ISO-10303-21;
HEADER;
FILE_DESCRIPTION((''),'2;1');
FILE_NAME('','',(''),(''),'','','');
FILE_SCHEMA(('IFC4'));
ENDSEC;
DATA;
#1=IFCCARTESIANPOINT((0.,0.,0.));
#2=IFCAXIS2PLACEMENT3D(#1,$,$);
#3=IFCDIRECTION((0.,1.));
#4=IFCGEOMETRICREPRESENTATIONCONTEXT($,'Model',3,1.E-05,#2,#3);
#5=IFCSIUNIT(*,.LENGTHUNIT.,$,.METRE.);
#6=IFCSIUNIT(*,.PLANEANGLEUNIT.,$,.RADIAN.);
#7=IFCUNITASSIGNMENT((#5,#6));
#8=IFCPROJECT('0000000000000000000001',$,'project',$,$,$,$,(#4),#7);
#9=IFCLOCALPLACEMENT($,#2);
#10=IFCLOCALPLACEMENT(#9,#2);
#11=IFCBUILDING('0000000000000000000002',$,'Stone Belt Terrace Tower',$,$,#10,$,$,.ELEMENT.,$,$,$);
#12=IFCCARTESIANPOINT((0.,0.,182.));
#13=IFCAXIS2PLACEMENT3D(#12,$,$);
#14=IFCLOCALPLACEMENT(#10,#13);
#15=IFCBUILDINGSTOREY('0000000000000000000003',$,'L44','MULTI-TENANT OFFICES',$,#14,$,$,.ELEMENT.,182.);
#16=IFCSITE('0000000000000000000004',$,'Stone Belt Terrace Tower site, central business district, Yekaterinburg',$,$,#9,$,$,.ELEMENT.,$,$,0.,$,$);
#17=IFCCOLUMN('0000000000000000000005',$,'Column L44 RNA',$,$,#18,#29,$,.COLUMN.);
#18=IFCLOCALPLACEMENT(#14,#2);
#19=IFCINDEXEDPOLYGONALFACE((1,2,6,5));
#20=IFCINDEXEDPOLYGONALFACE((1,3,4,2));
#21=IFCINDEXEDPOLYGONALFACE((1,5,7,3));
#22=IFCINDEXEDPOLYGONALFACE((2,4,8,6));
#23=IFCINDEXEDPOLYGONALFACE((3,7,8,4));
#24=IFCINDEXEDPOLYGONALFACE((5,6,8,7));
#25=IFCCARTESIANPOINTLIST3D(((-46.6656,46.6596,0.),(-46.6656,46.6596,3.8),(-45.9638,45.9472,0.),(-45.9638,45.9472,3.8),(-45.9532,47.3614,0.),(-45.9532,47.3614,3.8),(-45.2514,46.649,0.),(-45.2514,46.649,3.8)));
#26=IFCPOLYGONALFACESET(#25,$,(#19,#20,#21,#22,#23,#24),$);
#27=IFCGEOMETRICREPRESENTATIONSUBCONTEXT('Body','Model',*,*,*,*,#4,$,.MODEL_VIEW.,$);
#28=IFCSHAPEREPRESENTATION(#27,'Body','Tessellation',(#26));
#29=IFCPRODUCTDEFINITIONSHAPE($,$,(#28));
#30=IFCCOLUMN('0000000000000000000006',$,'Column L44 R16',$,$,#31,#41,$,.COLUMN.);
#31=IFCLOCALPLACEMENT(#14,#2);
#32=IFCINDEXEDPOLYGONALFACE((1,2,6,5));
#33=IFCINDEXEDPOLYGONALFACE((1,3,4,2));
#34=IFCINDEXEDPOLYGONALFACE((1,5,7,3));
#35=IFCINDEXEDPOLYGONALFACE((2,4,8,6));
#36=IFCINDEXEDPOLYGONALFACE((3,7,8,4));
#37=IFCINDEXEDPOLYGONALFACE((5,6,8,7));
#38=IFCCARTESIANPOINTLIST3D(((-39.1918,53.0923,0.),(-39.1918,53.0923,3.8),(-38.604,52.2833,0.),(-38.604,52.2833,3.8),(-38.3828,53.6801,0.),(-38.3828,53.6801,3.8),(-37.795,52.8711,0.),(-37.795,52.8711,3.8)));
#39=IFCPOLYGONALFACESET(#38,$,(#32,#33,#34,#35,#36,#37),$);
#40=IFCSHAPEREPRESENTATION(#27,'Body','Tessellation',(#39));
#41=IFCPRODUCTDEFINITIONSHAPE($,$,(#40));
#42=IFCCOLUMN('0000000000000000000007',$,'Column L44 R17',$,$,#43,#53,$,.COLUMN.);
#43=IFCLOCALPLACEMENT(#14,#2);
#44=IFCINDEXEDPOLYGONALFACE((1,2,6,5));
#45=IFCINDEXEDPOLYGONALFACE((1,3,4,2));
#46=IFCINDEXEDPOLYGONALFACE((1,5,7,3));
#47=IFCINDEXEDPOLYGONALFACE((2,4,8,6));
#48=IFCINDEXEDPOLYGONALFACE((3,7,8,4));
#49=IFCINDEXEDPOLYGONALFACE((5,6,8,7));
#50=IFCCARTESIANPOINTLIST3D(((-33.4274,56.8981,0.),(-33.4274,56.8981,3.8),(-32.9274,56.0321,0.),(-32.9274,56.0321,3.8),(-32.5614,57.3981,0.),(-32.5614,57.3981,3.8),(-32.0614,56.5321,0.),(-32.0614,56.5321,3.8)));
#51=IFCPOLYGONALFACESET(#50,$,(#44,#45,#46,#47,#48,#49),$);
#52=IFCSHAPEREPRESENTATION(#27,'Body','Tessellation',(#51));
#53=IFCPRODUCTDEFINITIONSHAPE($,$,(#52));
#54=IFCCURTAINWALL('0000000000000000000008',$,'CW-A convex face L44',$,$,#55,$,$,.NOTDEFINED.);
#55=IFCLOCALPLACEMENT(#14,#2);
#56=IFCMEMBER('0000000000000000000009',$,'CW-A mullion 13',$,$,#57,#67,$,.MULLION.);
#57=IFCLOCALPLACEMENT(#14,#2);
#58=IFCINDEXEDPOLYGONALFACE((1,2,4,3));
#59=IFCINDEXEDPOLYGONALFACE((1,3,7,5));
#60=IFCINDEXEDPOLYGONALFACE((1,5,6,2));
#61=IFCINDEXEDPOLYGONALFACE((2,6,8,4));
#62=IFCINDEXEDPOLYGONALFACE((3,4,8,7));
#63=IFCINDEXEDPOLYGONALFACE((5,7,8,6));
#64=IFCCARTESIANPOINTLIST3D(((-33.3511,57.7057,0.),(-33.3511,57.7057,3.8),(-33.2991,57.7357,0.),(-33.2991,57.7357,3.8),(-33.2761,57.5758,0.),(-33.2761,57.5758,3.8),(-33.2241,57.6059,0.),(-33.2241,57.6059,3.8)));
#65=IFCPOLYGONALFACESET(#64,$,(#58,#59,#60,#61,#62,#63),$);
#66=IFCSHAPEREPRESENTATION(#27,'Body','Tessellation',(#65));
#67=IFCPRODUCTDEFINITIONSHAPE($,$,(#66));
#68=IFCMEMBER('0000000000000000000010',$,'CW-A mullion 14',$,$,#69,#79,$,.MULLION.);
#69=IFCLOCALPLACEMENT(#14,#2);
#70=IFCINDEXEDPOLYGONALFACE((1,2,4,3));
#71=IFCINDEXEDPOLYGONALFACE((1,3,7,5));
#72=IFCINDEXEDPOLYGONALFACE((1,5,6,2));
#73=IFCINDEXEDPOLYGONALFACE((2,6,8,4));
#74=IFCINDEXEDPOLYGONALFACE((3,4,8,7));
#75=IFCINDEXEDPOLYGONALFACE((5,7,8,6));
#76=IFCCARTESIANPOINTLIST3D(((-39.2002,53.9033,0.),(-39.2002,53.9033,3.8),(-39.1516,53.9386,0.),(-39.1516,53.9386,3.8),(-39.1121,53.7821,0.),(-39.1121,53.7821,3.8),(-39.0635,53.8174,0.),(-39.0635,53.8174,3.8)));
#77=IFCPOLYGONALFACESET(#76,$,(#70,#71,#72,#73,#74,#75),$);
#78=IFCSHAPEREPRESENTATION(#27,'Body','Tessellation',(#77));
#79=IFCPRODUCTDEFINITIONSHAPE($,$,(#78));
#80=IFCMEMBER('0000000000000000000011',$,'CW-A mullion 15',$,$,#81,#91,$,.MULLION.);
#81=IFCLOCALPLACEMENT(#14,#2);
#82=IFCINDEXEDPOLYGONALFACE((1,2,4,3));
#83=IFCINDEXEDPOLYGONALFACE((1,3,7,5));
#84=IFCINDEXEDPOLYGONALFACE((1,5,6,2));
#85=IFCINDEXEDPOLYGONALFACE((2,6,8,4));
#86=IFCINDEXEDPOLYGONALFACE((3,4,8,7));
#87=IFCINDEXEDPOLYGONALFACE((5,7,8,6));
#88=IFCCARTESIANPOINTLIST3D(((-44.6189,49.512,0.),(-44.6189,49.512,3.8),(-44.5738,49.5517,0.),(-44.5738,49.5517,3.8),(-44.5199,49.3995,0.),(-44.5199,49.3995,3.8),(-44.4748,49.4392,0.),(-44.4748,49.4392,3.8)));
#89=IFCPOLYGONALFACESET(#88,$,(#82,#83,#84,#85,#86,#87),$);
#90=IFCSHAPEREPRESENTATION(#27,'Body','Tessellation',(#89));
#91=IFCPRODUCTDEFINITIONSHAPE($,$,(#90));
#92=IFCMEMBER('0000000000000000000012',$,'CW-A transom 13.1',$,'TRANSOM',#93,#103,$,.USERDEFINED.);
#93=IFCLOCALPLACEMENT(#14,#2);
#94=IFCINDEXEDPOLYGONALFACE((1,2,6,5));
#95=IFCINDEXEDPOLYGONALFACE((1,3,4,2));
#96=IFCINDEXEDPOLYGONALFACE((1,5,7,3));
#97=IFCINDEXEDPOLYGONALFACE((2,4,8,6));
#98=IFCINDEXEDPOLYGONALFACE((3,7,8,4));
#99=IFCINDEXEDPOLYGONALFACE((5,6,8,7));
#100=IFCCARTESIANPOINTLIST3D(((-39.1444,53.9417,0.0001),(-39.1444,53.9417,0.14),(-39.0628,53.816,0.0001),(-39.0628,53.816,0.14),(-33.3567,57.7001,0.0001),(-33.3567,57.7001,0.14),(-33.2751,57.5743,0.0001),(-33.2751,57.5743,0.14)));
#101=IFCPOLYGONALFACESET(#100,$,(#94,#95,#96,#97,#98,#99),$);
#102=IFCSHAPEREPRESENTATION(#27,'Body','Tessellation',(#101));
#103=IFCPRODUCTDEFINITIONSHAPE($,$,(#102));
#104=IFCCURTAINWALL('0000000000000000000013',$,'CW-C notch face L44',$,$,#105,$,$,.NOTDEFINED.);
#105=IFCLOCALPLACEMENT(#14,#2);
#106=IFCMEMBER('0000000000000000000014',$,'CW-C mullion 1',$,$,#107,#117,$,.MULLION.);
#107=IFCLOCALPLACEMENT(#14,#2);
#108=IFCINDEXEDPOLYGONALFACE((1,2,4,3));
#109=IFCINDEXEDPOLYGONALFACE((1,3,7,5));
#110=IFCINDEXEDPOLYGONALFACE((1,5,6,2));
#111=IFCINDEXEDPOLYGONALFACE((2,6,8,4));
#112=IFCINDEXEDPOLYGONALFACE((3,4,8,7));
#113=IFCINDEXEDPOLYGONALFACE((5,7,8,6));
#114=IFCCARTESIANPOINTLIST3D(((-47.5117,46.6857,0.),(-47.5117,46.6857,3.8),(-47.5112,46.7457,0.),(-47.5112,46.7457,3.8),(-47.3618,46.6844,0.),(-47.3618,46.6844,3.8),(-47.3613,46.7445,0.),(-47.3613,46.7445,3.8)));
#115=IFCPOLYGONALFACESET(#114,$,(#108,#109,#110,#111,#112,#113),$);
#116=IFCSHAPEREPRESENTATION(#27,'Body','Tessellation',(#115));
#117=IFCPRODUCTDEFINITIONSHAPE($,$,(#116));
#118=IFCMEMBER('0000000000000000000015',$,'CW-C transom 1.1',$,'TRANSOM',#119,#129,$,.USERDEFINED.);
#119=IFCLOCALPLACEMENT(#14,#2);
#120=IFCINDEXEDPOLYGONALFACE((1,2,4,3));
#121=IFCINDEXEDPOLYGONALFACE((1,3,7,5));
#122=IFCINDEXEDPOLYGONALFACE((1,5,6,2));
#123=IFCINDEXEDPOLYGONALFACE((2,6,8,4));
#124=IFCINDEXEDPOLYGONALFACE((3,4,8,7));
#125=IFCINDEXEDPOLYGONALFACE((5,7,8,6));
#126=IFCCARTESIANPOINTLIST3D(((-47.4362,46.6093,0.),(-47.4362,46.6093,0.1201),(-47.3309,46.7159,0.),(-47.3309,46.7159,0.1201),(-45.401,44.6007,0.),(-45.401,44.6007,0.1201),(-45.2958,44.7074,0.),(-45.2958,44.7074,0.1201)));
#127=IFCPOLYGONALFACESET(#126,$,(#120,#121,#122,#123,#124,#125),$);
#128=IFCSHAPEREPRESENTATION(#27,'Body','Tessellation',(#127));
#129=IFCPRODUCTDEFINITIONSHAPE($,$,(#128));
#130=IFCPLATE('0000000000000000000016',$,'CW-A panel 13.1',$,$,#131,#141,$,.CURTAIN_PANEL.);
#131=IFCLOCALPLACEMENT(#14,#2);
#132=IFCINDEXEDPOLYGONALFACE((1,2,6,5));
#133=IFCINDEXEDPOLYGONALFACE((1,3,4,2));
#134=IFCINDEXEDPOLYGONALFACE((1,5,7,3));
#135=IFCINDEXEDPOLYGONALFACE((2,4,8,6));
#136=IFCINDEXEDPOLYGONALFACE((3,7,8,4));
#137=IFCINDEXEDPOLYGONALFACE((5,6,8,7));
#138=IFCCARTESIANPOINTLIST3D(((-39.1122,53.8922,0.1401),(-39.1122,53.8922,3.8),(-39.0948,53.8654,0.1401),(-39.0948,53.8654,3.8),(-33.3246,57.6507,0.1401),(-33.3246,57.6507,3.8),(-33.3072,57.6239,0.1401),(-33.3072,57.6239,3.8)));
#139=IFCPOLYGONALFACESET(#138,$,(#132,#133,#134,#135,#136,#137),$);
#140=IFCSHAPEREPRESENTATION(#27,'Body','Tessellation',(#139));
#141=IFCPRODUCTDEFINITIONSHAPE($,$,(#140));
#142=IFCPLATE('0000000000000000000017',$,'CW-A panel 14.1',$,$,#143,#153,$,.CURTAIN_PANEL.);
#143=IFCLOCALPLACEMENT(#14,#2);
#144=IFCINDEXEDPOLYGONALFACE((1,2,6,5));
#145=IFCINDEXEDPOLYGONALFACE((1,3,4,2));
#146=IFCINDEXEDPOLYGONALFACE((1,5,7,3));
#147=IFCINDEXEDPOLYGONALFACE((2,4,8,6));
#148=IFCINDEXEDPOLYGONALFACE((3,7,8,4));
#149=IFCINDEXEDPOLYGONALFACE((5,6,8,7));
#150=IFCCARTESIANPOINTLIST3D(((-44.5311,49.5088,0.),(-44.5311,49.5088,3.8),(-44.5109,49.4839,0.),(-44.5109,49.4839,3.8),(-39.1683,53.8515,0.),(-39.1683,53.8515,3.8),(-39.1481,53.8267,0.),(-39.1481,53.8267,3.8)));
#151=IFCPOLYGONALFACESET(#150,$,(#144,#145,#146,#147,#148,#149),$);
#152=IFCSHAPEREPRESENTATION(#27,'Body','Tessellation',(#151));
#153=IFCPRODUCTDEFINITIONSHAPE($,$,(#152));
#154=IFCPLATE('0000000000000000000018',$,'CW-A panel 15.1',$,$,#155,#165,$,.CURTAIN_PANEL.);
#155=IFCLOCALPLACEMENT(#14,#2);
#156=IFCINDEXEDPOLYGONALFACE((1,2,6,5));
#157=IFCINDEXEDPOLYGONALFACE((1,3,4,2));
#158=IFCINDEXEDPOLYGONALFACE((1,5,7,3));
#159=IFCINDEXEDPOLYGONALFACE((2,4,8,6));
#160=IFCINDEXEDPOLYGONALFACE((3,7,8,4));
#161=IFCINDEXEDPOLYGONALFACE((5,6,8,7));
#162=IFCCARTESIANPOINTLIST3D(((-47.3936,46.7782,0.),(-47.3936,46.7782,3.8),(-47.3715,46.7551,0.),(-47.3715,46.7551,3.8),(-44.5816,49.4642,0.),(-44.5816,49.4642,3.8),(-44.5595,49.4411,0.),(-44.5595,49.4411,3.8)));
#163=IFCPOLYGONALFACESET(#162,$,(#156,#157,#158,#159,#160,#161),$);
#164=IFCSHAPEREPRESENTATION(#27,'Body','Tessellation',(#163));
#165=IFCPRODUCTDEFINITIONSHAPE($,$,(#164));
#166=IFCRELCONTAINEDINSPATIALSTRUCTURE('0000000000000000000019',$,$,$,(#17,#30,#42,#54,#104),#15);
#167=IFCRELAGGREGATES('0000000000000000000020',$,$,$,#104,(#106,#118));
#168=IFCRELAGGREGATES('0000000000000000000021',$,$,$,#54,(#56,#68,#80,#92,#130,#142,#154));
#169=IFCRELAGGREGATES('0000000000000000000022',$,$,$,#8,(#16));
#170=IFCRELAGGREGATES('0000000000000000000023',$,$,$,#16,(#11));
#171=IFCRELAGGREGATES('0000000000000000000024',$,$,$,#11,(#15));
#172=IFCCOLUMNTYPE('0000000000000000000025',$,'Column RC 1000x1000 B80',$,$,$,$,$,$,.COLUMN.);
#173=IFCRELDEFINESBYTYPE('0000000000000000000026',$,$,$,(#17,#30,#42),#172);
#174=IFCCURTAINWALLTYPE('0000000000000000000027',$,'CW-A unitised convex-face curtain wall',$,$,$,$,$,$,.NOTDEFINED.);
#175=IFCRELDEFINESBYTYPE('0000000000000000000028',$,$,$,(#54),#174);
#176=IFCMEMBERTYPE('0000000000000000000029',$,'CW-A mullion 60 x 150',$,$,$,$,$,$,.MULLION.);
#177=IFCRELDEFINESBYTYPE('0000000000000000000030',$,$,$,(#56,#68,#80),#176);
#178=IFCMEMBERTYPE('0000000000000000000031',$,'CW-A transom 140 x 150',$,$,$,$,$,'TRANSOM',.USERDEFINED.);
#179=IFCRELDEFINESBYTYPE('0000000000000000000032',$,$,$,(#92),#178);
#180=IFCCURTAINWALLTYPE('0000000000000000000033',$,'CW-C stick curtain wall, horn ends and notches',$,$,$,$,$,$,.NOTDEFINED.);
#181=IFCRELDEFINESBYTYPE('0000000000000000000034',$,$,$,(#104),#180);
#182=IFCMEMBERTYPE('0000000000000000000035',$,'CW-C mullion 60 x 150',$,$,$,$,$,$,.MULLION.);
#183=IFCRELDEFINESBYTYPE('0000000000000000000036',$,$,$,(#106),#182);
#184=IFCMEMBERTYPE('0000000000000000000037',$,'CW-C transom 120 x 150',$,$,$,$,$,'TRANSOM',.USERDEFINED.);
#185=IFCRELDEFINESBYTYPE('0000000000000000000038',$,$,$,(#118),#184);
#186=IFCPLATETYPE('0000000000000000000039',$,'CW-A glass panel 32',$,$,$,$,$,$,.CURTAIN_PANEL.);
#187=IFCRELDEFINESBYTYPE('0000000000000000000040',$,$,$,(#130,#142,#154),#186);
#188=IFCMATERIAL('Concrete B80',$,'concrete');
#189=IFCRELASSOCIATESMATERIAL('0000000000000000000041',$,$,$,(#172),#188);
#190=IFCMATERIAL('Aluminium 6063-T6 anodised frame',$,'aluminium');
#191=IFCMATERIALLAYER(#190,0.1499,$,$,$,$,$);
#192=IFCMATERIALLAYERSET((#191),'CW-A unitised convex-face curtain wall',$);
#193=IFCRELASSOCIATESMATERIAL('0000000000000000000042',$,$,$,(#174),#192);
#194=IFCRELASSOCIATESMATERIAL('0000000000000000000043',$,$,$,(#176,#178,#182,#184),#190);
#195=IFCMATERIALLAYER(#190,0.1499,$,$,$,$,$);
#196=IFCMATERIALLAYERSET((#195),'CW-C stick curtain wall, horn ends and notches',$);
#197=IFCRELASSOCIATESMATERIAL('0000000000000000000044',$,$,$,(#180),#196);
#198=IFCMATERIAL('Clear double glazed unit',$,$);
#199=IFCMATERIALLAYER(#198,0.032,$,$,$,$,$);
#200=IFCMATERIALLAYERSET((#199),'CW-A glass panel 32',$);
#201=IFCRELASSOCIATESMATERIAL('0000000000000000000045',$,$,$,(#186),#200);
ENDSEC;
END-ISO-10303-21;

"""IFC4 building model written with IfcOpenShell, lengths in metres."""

from ifc_helpers import new_model, si_unit, direction, frame, origin, origin_2d, place, context, subcontext, project, spatial, rectangle, extrude, material, layer, layer_set, material_profile, profile_set, type_object, element, aggregate, save


model = new_model("IFC4")

# Units and contexts
model_context = context("Model", 3, precision=1e-05, world=origin(), true_north=direction((0.0, 1.0)))
body_context = subcontext(model_context, "Body", "Model", "MODEL_VIEW")
ifc_project = project(units=[si_unit("LENGTHUNIT", "METRE"), si_unit("PLANEANGLEUNIT", "RADIAN")], contexts=[model_context])

# Site, building, storey
site_placement = place(None, origin())
site = spatial("IfcSite", under=ifc_project, at=site_placement, Name="Stone Belt Terrace Tower site, central business district, Yekaterinburg", CompositionType="ELEMENT", RefElevation=0.0)
building_placement = place(site_placement, origin())
building = spatial("IfcBuilding", under=site, at=building_placement, Name="Stone Belt Terrace Tower", CompositionType="ELEMENT")
storey_placement = place(building_placement, frame((0.0, 0.0, 182.0)))
storey = spatial("IfcBuildingStorey", under=building, at=storey_placement, Name="L44", Description="MULTI-TENANT OFFICES", CompositionType="ELEMENT", Elevation=182.0)

# Columns
ifc_material_1 = material(Name="Concrete B80", Category="concrete")
ifc_material_profile_1 = material_profile(ifc_material_1, rectangle(XDim=1.0, YDim=1.0, at=origin_2d()), Name="RC 1000x1000")
ifc_profile_set_1 = profile_set([ifc_material_profile_1], Name="Concrete B80")
column_type = type_object("IfcColumnType", Name="Column RC 1000x1000 B80", PredefinedType="COLUMN", material=ifc_profile_set_1)
for number, where, z_axis, x_axis, name in (
    (1, (-45.9585, 46.6543, 0.0), (0.0, 0.0, 1.0), (0.712398, 0.701775, 0.0), "Column L44 RNA"),
    (2, (-38.4934, 52.9817, 0.0), (0.0, 0.0, 1.0), (0.809017, 0.587785, 0.0), "Column L44 R16"),
    (3, (-32.7444, 56.7151, 0.0), (0.0, 0.0, 1.0), (0.866025, 0.5, 0.0), "Column L44 R17"),
):
    element("IfcColumn", number, at=place(storey_placement, frame(where, z_axis=z_axis, x_axis=x_axis)), inside=storey, type_object=column_type, Name=name, PredefinedType="COLUMN", context=body_context, shape_type="SweptSolid", body=[
        extrude(rectangle(XDim=1.0, YDim=1.0, at=origin_2d()), origin(), (0.0, 0.0, 1.0), 3.8),
    ])

# Curtain walls, members
ifc_material_2 = material(Name="Aluminium 6063-T6 anodised frame", Category="aluminium")
ifc_layer_1 = layer(ifc_material_2, 0.1499)
ifc_layer_set_1 = layer_set([ifc_layer_1], Name="CW-A unitised convex-face curtain wall")
curtain_wall_type_1 = type_object("IfcCurtainWallType", Name="CW-A unitised convex-face curtain wall", PredefinedType="NOTDEFINED", material=ifc_layer_set_1)
curtain_wall_1_placement = place(storey_placement, origin())
curtain_wall_1 = element("IfcCurtainWall", 4, at=curtain_wall_1_placement, inside=storey, type_object=curtain_wall_type_1, Name="CW-A convex face L44", PredefinedType="NOTDEFINED")
ifc_material_profile_2 = material_profile(ifc_material_2, rectangle(XDim=0.1499, YDim=0.0601, at=origin_2d()), Name="Aluminium 6063-T6 60x150")
ifc_profile_set_2 = profile_set([ifc_material_profile_2], Name="Aluminium 6063-T6 anodised frame")
member_type_1 = type_object("IfcMemberType", Name="CW-A mullion 60 x 150", PredefinedType="MULLION", material=ifc_profile_set_2)
member_1_placement = place(storey_placement, frame((-33.2876, 57.6558, 0.0), z_axis=(0.0, 0.0, 1.0), x_axis=(0.5, -0.866025, 0.0)))
member_1 = element("IfcMember", 5, at=member_1_placement, type_object=member_type_1, Name="CW-A mullion 13", PredefinedType="MULLION", context=body_context, shape_type="SweptSolid", body=[
    extrude(rectangle(XDim=0.1499, YDim=0.0601, at=origin_2d()), origin(), (0.0, 0.0, 1.0), 3.8),
])
member_2_placement = place(storey_placement, frame((-39.1318, 53.8604, 0.0), z_axis=(0.0, 0.0, 1.0), x_axis=(0.587785, -0.809017, 0.0)))
member_2 = element("IfcMember", 6, at=member_2_placement, type_object=member_type_1, Name="CW-A mullion 14", PredefinedType="MULLION", context=body_context, shape_type="SweptSolid", body=[
    extrude(rectangle(XDim=0.1499, YDim=0.0601, at=origin_2d()), origin(), (0.0, 0.0, 1.0), 3.8),
])
member_3_placement = place(storey_placement, frame((-44.5469, 49.4756, 0.0), z_axis=(0.0, 0.0, 1.0), x_axis=(0.660573, -0.750761, 0.0)))
member_3 = element("IfcMember", 7, at=member_3_placement, type_object=member_type_1, Name="CW-A mullion 15", PredefinedType="MULLION", context=body_context, shape_type="SweptSolid", body=[
    extrude(rectangle(XDim=0.1499, YDim=0.0601, at=origin_2d()), origin(), (0.0, 0.0, 1.0), 3.8),
])
ifc_material_profile_3 = material_profile(ifc_material_2, rectangle(XDim=0.1499, YDim=0.1399, at=origin_2d()), Name="Aluminium 6063-T6 150x140")
ifc_profile_set_3 = profile_set([ifc_material_profile_3], Name="Aluminium 6063-T6 anodised frame")
member_type_2 = type_object("IfcMemberType", Name="CW-A transom 140 x 150", ElementType="TRANSOM", PredefinedType="USERDEFINED", material=ifc_profile_set_3)
member_4_placement = place(storey_placement, frame((-33.3159, 57.6372, 0.0701), z_axis=(-0.838684, -0.544618, 0.0), x_axis=(0.544618, -0.838684, 0.0)))
member_4 = element("IfcMember", 8, at=member_4_placement, type_object=member_type_2, Name="CW-A transom 13.1", ObjectType="TRANSOM", PredefinedType="USERDEFINED", context=body_context, shape_type="SweptSolid", body=[
    extrude(rectangle(XDim=0.1499, YDim=0.1399, at=origin_2d()), origin(), (0.0, 0.0, 1.0), 6.9009),
])
ifc_layer_2 = layer(ifc_material_2, 0.1499)
ifc_layer_set_2 = layer_set([ifc_layer_2], Name="CW-C stick curtain wall, horn ends and notches")
curtain_wall_type_2 = type_object("IfcCurtainWallType", Name="CW-C stick curtain wall, horn ends and notches", PredefinedType="NOTDEFINED", material=ifc_layer_set_2)
curtain_wall_2_placement = place(storey_placement, origin())
curtain_wall_2 = element("IfcCurtainWall", 9, at=curtain_wall_2_placement, inside=storey, type_object=curtain_wall_type_2, Name="CW-C notch face L44", PredefinedType="NOTDEFINED")
ifc_material_profile_4 = material_profile(ifc_material_2, rectangle(XDim=0.1499, YDim=0.0601, at=origin_2d()), Name="Aluminium 6063-T6 60x150")
ifc_profile_set_4 = profile_set([ifc_material_profile_4], Name="Aluminium 6063-T6 anodised frame")
member_type_3 = type_object("IfcMemberType", Name="CW-C mullion 60 x 150", PredefinedType="MULLION", material=ifc_profile_set_4)
member_5_placement = place(storey_placement, frame((-47.4365, 46.7151, 0.0), z_axis=(0.0, 0.0, 1.0), x_axis=(0.999966, -0.008188, 0.0)))
member_5 = element("IfcMember", 10, at=member_5_placement, type_object=member_type_3, Name="CW-C mullion 1", PredefinedType="MULLION", context=body_context, shape_type="SweptSolid", body=[
    extrude(rectangle(XDim=0.1499, YDim=0.0601, at=origin_2d()), origin(), (0.0, 0.0, 1.0), 3.8),
])
ifc_material_profile_5 = material_profile(ifc_material_2, rectangle(XDim=0.1499, YDim=0.1201, at=origin_2d()), Name="Aluminium 6063-T6 150x120")
ifc_profile_set_5 = profile_set([ifc_material_profile_5], Name="Aluminium 6063-T6 anodised frame")
member_type_4 = type_object("IfcMemberType", Name="CW-C transom 120 x 150", ElementType="TRANSOM", PredefinedType="USERDEFINED", material=ifc_profile_set_5)
member_6_placement = place(storey_placement, frame((-47.3835, 46.6626, 0.0601), z_axis=(0.711745, -0.702438, 0.0), x_axis=(0.702438, 0.711745, 0.0)))
member_6 = element("IfcMember", 11, at=member_6_placement, type_object=member_type_4, Name="CW-C transom 1.1", ObjectType="TRANSOM", PredefinedType="USERDEFINED", context=body_context, shape_type="SweptSolid", body=[
    extrude(rectangle(XDim=0.1499, YDim=0.1201, at=origin_2d()), origin(), (0.0, 0.0, 1.0), 2.8594),
])
aggregate(curtain_wall_2, [member_5, member_6])

# Plates
ifc_material_3 = material(Name="Clear double glazed unit")
ifc_layer_3 = layer(ifc_material_3, 0.032)
ifc_layer_set_3 = layer_set([ifc_layer_3], Name="CW-A glass panel 32")
plate_type = type_object("IfcPlateType", Name="CW-A glass panel 32", PredefinedType="CURTAIN_PANEL", material=ifc_layer_set_3)
plate_1_placement = place(storey_placement, frame((-36.2097, 55.7581, 0.1401), z_axis=(0.0, 0.0, 1.0), x_axis=(-0.838671, -0.544639, 0.0)))
plate_1 = element("IfcPlate", 12, at=plate_1_placement, type_object=plate_type, Name="CW-A panel 13.1", PredefinedType="CURTAIN_PANEL", context=body_context, shape_type="SweptSolid", body=[
    extrude(rectangle(XDim=6.9009, YDim=0.032, at=origin_2d()), origin(), (0.0, 0.0, 1.0), 3.6599),
])
plate_2_placement = place(storey_placement, frame((-41.8396, 51.6677, 0.0), z_axis=(0.0, 0.0, 1.0), x_axis=(-0.777146, -0.62932, 0.0)))
plate_2 = element("IfcPlate", 13, at=plate_2_placement, type_object=plate_type, Name="CW-A panel 14.1", PredefinedType="CURTAIN_PANEL", context=body_context, shape_type="SweptSolid", body=[
    extrude(rectangle(XDim=6.9006, YDim=0.032, at=origin_2d()), origin(), (0.0, 0.0, 1.0), 3.8),
])
plate_3_placement = place(storey_placement, frame((-45.9766, 48.1096, 0.0), z_axis=(0.0, 0.0, 1.0), x_axis=(-0.723121, -0.690721, 0.0)))
plate_3 = element("IfcPlate", 14, at=plate_3_placement, type_object=plate_type, Name="CW-A panel 15.1", PredefinedType="CURTAIN_PANEL", context=body_context, shape_type="SweptSolid", body=[
    extrude(rectangle(XDim=3.8887, YDim=0.032, at=origin_2d()), origin(), (0.0, 0.0, 1.0), 3.8),
])
aggregate(curtain_wall_1, [member_1, member_2, member_3, member_4, plate_1, plate_2, plate_3])

save(model, "model.ifc")
